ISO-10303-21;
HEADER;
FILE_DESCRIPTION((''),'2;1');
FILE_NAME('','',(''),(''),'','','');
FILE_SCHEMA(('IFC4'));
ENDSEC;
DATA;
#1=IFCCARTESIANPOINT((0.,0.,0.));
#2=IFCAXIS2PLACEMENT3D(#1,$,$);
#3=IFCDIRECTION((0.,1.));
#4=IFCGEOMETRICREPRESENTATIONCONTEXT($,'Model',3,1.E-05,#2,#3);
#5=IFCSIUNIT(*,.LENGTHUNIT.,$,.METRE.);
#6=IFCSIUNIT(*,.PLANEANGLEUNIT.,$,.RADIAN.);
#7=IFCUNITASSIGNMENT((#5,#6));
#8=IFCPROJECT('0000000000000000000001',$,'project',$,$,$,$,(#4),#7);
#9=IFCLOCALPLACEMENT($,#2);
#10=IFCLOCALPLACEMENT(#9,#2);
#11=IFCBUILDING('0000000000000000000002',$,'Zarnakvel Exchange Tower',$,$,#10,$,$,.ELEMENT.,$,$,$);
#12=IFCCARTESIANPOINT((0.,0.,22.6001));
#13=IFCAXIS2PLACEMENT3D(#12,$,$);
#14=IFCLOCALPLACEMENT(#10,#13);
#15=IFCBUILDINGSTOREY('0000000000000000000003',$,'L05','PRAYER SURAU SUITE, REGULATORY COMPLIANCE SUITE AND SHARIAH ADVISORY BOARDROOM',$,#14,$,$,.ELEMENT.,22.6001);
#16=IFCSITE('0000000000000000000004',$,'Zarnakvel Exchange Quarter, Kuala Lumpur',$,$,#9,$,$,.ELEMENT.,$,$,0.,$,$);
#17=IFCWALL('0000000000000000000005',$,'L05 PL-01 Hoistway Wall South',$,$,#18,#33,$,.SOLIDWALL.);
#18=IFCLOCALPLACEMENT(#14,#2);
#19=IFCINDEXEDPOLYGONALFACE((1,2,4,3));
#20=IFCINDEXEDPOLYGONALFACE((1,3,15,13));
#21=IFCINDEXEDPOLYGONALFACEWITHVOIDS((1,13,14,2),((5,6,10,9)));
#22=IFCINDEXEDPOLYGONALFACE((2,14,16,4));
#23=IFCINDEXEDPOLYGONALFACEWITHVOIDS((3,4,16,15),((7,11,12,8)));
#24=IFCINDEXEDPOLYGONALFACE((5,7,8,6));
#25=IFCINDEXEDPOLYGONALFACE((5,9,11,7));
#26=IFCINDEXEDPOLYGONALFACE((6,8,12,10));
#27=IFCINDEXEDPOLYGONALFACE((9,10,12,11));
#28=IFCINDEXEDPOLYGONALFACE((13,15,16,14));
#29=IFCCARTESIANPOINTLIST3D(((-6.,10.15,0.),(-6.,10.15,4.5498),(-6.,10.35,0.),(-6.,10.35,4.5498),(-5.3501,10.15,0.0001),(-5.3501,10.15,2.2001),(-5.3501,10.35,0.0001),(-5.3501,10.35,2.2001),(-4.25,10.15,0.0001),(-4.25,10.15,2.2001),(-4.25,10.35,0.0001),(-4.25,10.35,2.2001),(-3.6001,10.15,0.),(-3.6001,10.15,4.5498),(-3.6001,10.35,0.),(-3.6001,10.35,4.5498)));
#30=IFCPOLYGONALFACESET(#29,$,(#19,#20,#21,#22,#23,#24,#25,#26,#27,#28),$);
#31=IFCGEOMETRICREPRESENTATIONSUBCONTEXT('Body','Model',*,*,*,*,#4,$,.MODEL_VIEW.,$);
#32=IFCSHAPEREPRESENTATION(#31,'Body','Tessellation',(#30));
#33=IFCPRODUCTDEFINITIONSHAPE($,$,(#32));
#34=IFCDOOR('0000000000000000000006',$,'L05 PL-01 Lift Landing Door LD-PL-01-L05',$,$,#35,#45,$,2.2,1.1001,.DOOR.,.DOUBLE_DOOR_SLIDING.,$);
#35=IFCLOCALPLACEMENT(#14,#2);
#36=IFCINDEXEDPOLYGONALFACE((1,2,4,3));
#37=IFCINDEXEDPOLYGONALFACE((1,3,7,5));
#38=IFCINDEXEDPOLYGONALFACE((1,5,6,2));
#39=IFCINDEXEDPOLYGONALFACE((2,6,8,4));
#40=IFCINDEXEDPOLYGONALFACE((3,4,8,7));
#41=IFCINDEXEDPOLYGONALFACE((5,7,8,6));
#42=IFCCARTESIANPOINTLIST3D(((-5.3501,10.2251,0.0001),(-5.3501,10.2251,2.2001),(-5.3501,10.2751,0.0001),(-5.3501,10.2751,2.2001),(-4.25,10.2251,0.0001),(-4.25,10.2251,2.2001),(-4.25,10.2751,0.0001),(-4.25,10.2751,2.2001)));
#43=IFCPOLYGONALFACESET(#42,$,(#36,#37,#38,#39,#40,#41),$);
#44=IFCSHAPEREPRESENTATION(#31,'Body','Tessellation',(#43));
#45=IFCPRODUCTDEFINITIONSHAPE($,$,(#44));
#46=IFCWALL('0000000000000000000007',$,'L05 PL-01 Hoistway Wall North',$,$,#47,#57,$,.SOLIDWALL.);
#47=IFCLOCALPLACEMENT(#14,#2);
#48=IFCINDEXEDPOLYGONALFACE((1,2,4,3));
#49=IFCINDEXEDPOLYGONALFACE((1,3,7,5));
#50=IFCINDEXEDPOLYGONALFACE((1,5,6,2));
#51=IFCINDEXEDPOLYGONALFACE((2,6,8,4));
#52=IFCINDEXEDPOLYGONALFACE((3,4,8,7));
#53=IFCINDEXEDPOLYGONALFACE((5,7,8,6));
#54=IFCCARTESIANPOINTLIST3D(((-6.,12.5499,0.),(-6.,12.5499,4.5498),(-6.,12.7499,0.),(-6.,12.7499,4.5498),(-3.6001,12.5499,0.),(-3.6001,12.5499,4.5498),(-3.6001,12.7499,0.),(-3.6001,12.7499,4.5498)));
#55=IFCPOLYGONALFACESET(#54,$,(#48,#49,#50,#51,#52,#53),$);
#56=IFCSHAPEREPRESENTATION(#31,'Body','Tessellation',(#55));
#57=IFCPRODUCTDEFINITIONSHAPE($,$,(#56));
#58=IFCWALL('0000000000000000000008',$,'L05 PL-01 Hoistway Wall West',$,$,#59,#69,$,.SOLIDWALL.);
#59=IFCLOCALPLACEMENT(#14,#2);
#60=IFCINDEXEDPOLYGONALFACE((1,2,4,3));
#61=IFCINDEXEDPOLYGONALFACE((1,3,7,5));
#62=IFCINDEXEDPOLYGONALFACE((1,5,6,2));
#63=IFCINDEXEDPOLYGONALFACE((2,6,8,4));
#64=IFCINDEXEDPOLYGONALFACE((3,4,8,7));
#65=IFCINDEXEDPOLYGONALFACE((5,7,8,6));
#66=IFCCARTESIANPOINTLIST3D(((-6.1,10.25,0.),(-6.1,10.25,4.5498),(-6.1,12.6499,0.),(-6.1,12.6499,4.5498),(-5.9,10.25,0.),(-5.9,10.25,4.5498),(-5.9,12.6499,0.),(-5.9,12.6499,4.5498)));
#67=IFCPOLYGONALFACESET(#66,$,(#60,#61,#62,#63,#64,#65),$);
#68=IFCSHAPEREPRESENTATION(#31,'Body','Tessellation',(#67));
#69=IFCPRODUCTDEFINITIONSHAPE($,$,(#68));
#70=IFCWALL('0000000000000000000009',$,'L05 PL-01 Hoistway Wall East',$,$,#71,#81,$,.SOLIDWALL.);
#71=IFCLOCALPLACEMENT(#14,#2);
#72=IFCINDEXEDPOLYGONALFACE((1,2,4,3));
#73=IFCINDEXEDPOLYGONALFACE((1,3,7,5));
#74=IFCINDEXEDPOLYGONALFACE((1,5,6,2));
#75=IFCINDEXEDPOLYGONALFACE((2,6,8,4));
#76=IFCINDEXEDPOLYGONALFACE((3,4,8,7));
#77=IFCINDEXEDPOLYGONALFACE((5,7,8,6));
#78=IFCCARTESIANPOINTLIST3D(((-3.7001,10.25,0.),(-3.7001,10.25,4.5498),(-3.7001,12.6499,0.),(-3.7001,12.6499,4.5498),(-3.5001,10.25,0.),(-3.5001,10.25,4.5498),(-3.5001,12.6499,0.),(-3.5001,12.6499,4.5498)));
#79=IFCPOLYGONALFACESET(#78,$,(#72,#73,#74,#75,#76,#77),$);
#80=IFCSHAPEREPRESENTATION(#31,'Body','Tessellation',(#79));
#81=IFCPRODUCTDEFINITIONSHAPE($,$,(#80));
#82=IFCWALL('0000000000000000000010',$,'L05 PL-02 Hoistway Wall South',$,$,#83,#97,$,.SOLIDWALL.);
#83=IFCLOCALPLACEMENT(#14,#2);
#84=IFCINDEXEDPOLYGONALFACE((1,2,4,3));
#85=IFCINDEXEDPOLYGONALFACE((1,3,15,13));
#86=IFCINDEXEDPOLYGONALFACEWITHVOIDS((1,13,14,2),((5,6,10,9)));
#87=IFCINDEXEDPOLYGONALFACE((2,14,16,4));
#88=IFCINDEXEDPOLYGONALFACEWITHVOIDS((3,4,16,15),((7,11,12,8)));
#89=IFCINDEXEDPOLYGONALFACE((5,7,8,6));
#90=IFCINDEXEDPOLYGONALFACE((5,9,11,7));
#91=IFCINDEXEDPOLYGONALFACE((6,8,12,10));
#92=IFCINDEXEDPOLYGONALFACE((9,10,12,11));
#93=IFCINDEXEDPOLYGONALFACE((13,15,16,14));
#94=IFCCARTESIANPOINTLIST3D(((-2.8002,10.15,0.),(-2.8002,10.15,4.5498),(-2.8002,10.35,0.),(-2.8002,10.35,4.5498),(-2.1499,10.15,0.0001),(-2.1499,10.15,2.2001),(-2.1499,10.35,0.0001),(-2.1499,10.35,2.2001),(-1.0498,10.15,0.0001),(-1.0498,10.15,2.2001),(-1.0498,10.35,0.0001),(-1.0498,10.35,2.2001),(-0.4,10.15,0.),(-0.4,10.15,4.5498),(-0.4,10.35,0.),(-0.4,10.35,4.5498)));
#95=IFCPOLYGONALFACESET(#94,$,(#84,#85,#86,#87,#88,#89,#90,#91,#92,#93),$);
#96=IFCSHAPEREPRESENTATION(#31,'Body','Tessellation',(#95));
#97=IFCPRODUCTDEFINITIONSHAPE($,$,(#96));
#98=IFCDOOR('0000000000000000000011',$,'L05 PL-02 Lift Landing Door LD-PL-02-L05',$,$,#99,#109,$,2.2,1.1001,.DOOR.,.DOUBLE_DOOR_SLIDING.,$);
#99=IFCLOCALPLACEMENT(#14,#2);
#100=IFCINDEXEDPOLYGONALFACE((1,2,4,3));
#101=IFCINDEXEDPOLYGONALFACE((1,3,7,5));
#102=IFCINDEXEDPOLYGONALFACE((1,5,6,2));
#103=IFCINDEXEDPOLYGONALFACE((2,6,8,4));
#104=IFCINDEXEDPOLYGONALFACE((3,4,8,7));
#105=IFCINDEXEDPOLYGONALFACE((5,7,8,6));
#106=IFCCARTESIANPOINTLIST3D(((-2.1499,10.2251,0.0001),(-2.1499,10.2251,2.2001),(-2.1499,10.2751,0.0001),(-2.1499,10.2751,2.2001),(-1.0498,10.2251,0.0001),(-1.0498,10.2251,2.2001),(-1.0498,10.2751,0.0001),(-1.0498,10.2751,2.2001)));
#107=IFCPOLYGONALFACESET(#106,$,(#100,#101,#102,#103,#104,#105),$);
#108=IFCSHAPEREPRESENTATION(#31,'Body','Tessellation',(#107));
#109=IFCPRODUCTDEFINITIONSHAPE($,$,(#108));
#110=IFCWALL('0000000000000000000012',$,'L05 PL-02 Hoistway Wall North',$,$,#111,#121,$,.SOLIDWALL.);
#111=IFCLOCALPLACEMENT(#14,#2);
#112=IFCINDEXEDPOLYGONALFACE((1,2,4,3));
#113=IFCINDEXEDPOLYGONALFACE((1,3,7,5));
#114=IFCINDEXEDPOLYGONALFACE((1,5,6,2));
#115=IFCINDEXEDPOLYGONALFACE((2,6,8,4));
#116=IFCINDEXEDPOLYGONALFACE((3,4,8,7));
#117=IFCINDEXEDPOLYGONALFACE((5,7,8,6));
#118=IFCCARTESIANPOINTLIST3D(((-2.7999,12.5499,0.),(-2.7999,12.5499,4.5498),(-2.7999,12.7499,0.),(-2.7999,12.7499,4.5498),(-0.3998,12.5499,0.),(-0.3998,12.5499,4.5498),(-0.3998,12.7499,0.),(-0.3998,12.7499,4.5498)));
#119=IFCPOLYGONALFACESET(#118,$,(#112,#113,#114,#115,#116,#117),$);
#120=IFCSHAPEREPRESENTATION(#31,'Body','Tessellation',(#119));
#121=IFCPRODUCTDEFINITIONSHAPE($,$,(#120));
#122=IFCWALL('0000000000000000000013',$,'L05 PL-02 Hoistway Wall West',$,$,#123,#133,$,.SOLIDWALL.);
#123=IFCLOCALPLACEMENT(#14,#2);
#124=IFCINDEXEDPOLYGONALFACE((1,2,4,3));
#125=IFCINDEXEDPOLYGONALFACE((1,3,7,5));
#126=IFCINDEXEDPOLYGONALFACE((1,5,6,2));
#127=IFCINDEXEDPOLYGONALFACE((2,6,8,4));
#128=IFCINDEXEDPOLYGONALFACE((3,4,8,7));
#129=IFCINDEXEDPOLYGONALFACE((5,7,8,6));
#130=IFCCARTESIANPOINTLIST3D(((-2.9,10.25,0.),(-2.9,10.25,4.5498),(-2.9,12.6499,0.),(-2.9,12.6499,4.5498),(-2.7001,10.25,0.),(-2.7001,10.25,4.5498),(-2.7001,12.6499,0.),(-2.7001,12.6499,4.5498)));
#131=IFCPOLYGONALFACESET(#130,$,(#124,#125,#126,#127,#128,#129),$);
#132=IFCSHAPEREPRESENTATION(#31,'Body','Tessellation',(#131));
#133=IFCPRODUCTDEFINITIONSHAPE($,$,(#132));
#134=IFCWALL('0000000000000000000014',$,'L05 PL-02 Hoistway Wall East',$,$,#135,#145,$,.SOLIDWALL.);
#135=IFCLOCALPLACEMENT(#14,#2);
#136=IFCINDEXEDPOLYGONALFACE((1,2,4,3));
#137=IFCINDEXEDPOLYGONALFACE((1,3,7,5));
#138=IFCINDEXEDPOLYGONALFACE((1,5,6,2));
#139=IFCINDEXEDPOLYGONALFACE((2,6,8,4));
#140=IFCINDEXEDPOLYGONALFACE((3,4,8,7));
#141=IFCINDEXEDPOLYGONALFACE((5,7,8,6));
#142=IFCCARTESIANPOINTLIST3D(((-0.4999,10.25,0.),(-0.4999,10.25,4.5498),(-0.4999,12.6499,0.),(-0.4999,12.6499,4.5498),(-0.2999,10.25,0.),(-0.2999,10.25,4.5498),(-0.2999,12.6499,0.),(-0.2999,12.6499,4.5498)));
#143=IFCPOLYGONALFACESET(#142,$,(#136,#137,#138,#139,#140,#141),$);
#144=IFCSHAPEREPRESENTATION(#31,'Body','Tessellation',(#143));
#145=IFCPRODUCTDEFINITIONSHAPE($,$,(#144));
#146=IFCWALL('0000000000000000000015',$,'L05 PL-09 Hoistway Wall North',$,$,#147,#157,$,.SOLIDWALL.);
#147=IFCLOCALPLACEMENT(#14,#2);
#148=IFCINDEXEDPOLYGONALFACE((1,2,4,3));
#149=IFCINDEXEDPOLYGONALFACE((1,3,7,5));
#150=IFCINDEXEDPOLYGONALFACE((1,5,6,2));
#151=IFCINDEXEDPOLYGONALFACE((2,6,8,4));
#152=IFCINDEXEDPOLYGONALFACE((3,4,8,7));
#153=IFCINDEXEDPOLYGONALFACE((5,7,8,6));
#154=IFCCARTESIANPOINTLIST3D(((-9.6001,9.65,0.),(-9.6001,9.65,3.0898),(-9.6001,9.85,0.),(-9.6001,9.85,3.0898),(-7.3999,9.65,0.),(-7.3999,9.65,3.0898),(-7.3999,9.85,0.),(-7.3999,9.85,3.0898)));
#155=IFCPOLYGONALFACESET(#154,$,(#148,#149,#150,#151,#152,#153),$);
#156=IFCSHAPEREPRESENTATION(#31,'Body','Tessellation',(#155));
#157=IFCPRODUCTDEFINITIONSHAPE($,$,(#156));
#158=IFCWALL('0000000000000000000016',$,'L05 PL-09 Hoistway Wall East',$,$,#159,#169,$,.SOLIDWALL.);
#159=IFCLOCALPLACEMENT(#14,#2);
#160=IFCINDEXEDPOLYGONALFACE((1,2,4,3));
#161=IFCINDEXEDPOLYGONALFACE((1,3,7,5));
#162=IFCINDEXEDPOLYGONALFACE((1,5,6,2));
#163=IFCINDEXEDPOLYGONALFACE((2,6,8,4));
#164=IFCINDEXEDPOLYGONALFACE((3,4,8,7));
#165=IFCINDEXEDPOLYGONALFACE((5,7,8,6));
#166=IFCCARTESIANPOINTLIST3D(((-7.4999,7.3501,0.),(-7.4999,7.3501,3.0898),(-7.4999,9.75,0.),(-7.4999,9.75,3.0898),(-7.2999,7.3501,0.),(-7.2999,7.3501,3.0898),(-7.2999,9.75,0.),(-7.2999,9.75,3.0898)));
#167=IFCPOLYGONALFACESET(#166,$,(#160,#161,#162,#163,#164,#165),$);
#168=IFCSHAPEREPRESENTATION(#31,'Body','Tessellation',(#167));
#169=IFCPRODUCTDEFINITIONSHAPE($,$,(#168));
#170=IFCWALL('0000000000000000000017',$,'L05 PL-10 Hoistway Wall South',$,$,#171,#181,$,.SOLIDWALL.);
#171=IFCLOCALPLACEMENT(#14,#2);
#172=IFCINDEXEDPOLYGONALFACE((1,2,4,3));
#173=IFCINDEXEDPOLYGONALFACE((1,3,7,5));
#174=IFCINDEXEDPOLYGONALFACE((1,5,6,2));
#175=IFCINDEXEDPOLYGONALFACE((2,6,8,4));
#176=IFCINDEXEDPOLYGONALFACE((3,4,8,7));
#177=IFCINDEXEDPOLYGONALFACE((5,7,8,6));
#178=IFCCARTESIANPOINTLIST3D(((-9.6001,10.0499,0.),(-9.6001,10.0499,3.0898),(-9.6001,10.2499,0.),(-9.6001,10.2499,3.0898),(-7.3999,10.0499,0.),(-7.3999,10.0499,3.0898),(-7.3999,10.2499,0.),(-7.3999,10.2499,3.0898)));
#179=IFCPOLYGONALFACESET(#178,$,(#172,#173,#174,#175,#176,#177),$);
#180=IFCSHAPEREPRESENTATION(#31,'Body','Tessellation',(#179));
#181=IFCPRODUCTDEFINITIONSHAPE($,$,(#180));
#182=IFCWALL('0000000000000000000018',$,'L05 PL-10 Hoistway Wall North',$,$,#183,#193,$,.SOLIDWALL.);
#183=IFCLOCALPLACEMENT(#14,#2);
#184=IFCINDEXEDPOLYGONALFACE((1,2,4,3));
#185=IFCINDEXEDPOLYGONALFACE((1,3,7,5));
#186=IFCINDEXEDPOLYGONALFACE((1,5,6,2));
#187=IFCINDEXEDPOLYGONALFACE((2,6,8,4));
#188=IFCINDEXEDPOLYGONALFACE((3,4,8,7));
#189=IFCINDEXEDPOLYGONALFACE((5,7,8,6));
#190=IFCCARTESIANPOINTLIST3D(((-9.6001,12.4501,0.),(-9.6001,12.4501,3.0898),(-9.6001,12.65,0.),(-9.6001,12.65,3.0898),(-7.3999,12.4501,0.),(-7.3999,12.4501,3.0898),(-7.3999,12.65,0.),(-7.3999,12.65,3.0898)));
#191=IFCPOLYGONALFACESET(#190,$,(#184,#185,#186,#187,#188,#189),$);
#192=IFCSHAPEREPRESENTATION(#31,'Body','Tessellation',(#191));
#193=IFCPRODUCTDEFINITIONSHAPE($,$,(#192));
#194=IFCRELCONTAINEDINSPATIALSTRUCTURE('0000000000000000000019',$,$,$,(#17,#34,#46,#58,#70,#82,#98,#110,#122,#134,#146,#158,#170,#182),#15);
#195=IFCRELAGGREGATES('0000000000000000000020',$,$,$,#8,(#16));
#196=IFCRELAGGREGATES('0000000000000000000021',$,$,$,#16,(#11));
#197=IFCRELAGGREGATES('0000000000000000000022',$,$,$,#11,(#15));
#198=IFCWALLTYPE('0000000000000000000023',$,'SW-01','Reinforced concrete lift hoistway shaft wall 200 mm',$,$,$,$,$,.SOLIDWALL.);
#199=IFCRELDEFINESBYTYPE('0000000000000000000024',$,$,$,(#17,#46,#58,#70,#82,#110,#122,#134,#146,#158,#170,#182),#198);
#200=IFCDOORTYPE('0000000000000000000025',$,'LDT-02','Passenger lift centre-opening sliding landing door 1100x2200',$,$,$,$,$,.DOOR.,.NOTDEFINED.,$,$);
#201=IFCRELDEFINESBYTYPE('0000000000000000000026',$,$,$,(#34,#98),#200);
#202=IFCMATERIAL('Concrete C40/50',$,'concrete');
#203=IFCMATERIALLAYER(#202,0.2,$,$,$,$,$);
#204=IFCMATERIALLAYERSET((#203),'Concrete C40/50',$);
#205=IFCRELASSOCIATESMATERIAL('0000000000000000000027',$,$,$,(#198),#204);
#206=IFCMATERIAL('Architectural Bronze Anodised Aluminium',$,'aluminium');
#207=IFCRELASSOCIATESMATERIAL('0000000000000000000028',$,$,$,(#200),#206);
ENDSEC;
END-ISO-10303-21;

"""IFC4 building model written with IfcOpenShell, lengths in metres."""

from ifc_helpers import new_model, si_unit, direction, frame, frame_2d, origin, place, context, subcontext, project, spatial, rectangle, extrude, source, transform, mapped, material, layer, layer_set, type_object, element, fill, save


model = new_model("IFC4")

# Units and contexts
model_context = context("Model", 3, precision=1e-05, world=origin(), true_north=direction((0.0, 1.0)))
body_context = subcontext(model_context, "Body", "Model", "MODEL_VIEW")
ifc_project = project(units=[si_unit("LENGTHUNIT", "METRE"), si_unit("PLANEANGLEUNIT", "RADIAN")], contexts=[model_context])

# Site, building, storey
site_placement = place(None, origin())
site = spatial("IfcSite", under=ifc_project, at=site_placement, Name="Zarnakvel Exchange Quarter, Kuala Lumpur", CompositionType="ELEMENT", RefElevation=0.0)
building_placement = place(site_placement, origin())
building = spatial("IfcBuilding", under=site, at=building_placement, Name="Zarnakvel Exchange Tower", CompositionType="ELEMENT")
storey_placement = place(building_placement, frame((0.0, 0.0, 22.6001)))
storey = spatial("IfcBuildingStorey", under=building, at=storey_placement, Name="L05", Description="PRAYER SURAU SUITE, REGULATORY COMPLIANCE SUITE AND SHARIAH ADVISORY BOARDROOM", CompositionType="ELEMENT", Elevation=22.6001)

# Shared definitions
ifc_material_1 = material(Name="Architectural Bronze Anodised Aluminium", Category="aluminium")

# Wall, opening, door
ifc_material_2 = material(Name="Concrete C40/50", Category="concrete")
ifc_layer_1 = layer(ifc_material_2, 0.2)
ifc_layer_set_1 = layer_set([ifc_layer_1], Name="Concrete C40/50")
wall_type_1 = type_object("IfcWallType", Name="SW-01", Description="Reinforced concrete lift hoistway shaft wall 200 mm", PredefinedType="SOLIDWALL", material=ifc_layer_set_1)
wall_1_placement = place(storey_placement, frame((-3.6001, 10.25, 0.0), z_axis=(0.0, 0.0, 1.0), x_axis=(-1.0, 0.0, 0.0)))
wall_1 = element("IfcWall", 1, at=wall_1_placement, inside=storey, type_object=wall_type_1, Name="L05 PL-01 Hoistway Wall South", PredefinedType="SOLIDWALL", context=body_context, shape_type="SweptSolid", body=[
    extrude(rectangle(XDim=2.3999, YDim=0.2, at=frame_2d((1.2, 0.0))), origin(), (0.0, 0.0, 1.0), 4.5498),
])
opening_1_placement = place(wall_1_placement, frame((0.6499, 0.0, 0.0)))
opening_1 = element("IfcOpeningElement", 2, at=opening_1_placement, cuts=wall_1, PredefinedType="OPENING", context=body_context, shape_type="SweptSolid", body=[
    extrude(rectangle(XDim=1.1001, YDim=2.2, at=frame_2d((0.55, 1.1001))), frame((0.0, 0.1099, 0.0), z_axis=(0.0, -1.0, 0.0), x_axis=(1.0, 0.0, 0.0)), (0.0, 0.0, 1.0), 0.22),
])
door_type = type_object("IfcDoorType", Name="LDT-02", Description="Passenger lift centre-opening sliding landing door 1100x2200", OperationType="NOTDEFINED", PredefinedType="DOOR", material=ifc_material_1)
shared_shape_1 = source(origin(), body_context, "Body", "SweptSolid", [
    extrude(rectangle(XDim=1.1001, YDim=2.2, at=frame_2d((0.55, 1.1001))), frame((0.0, 0.0249, 0.0), z_axis=(0.0, -1.0, 0.0), x_axis=(1.0, 0.0, 0.0)), (0.0, 0.0, 1.0), 0.05),
])
door_1_placement = place(opening_1_placement, origin())
door_1 = element("IfcDoor", 3, at=door_1_placement, inside=storey, type_object=door_type, Name="L05 PL-01 Lift Landing Door LD-PL-01-L05", OperationType="DOUBLE_DOOR_SLIDING", OverallHeight=2.2, OverallWidth=1.1001, PredefinedType="DOOR", context=body_context, shape_type="MappedRepresentation", body=[
    mapped(shared_shape_1, transform((0.0, 0.0, 0.0), x_axis=(1.0, 0.0, 0.0), y_axis=(0.0, 1.0, 0.0), z_axis=(0.0, 0.0, 1.0), scale=1.0)),
])
fill(opening_1, door_1)

# Walls
for number, where, z_axis, x_axis, name in (
    (4, (-6.0, 12.6499, 0.0), (0.0, 0.0, 1.0), (1.0, 0.0, 0.0), "L05 PL-01 Hoistway Wall North"),
    (5, (-6.0, 10.25, 0.0), (0.0, 0.0, 1.0), (0.0, 1.0, 0.0), "L05 PL-01 Hoistway Wall West"),
    (6, (-3.6001, 12.6499, 0.0), (0.0, 0.0, 1.0), (0.0, -1.0, 0.0), "L05 PL-01 Hoistway Wall East"),
):
    element("IfcWall", number, at=place(storey_placement, frame(where, z_axis=z_axis, x_axis=x_axis)), inside=storey, type_object=wall_type_1, Name=name, PredefinedType="SOLIDWALL", context=body_context, shape_type="SweptSolid", body=[
        extrude(rectangle(XDim=2.3999, YDim=0.2, at=frame_2d((1.2, 0.0))), origin(), (0.0, 0.0, 1.0), 4.5498),
    ])

# Wall, opening, door
wall_2_placement = place(storey_placement, frame((-0.3999, 10.25, 0.0), z_axis=(0.0, 0.0, 1.0), x_axis=(-1.0, 0.0, 0.0)))
wall_2 = element("IfcWall", 7, at=wall_2_placement, inside=storey, type_object=wall_type_1, Name="L05 PL-02 Hoistway Wall South", PredefinedType="SOLIDWALL", context=body_context, shape_type="SweptSolid", body=[
    extrude(rectangle(XDim=2.4001, YDim=0.2, at=frame_2d((1.2002, 0.0))), origin(), (0.0, 0.0, 1.0), 4.5498),
])
opening_2_placement = place(wall_2_placement, frame((0.6499, 0.0, 0.0)))
opening_2 = element("IfcOpeningElement", 8, at=opening_2_placement, cuts=wall_2, PredefinedType="OPENING", context=body_context, shape_type="SweptSolid", body=[
    extrude(rectangle(XDim=1.1001, YDim=2.2, at=frame_2d((0.55, 1.1001))), frame((0.0, 0.1099, 0.0), z_axis=(0.0, -1.0, 0.0), x_axis=(1.0, 0.0, 0.0)), (0.0, 0.0, 1.0), 0.22),
])
door_2_placement = place(opening_2_placement, origin())
door_2 = element("IfcDoor", 9, at=door_2_placement, inside=storey, type_object=door_type, Name="L05 PL-02 Lift Landing Door LD-PL-02-L05", OperationType="DOUBLE_DOOR_SLIDING", OverallHeight=2.2, OverallWidth=1.1001, PredefinedType="DOOR", context=body_context, shape_type="MappedRepresentation", body=[
    mapped(shared_shape_1, transform((0.0, 0.0, 0.0), x_axis=(1.0, 0.0, 0.0), y_axis=(0.0, 1.0, 0.0), z_axis=(0.0, 0.0, 1.0), scale=1.0)),
])
fill(opening_2, door_2)

# Walls
wall_3_placement = place(storey_placement, frame((-2.8, 12.6499, 0.0), z_axis=(0.0, 0.0, 1.0), x_axis=(1.0, 0.0, 0.0)))
element("IfcWall", 10, at=wall_3_placement, inside=storey, type_object=wall_type_1, Name="L05 PL-02 Hoistway Wall North", PredefinedType="SOLIDWALL", context=body_context, shape_type="SweptSolid", body=[
    extrude(rectangle(XDim=2.4001, YDim=0.2, at=frame_2d((1.2002, 0.0))), origin(), (0.0, 0.0, 1.0), 4.5498),
])
for number, where, z_axis, x_axis, name in (
    (11, (-2.8, 10.25, 0.0), (0.0, 0.0, 1.0), (0.0, 1.0, 0.0), "L05 PL-02 Hoistway Wall West"),
    (12, (-0.3999, 12.6499, 0.0), (0.0, 0.0, 1.0), (0.0, -1.0, 0.0), "L05 PL-02 Hoistway Wall East"),
):
    element("IfcWall", number, at=place(storey_placement, frame(where, z_axis=z_axis, x_axis=x_axis)), inside=storey, type_object=wall_type_1, Name=name, PredefinedType="SOLIDWALL", context=body_context, shape_type="SweptSolid", body=[
        extrude(rectangle(XDim=2.3999, YDim=0.2, at=frame_2d((1.2, 0.0))), origin(), (0.0, 0.0, 1.0), 4.5498),
    ])
wall_4_placement = place(storey_placement, frame((-9.6001, 9.75, 0.0), z_axis=(0.0, 0.0, 1.0), x_axis=(1.0, 0.0, 0.0)))
element("IfcWall", 13, at=wall_4_placement, inside=storey, type_object=wall_type_1, Name="L05 PL-09 Hoistway Wall North", PredefinedType="SOLIDWALL", context=body_context, shape_type="SweptSolid", body=[
    extrude(rectangle(XDim=2.2002, YDim=0.2, at=frame_2d((1.1001, 0.0))), origin(), (0.0, 0.0, 1.0), 3.0898),
])
wall_5_placement = place(storey_placement, frame((-7.3999, 9.75, 0.0), z_axis=(0.0, 0.0, 1.0), x_axis=(0.0, -1.0, 0.0)))
element("IfcWall", 14, at=wall_5_placement, inside=storey, type_object=wall_type_1, Name="L05 PL-09 Hoistway Wall East", PredefinedType="SOLIDWALL", context=body_context, shape_type="SweptSolid", body=[
    extrude(rectangle(XDim=2.3999, YDim=0.2, at=frame_2d((1.2, 0.0))), origin(), (0.0, 0.0, 1.0), 3.0898),
])
for number, where, z_axis, x_axis, name in (
    (15, (-7.3999, 10.1499, 0.0), (0.0, 0.0, 1.0), (-1.0, 0.0, 0.0), "L05 PL-10 Hoistway Wall South"),
    (16, (-9.6001, 12.55, 0.0), (0.0, 0.0, 1.0), (1.0, 0.0, 0.0), "L05 PL-10 Hoistway Wall North"),
):
    element("IfcWall", number, at=place(storey_placement, frame(where, z_axis=z_axis, x_axis=x_axis)), inside=storey, type_object=wall_type_1, Name=name, PredefinedType="SOLIDWALL", context=body_context, shape_type="SweptSolid", body=[
        extrude(rectangle(XDim=2.2002, YDim=0.2, at=frame_2d((1.1001, 0.0))), origin(), (0.0, 0.0, 1.0), 3.0898),
    ])

save(model, "model.ifc")
